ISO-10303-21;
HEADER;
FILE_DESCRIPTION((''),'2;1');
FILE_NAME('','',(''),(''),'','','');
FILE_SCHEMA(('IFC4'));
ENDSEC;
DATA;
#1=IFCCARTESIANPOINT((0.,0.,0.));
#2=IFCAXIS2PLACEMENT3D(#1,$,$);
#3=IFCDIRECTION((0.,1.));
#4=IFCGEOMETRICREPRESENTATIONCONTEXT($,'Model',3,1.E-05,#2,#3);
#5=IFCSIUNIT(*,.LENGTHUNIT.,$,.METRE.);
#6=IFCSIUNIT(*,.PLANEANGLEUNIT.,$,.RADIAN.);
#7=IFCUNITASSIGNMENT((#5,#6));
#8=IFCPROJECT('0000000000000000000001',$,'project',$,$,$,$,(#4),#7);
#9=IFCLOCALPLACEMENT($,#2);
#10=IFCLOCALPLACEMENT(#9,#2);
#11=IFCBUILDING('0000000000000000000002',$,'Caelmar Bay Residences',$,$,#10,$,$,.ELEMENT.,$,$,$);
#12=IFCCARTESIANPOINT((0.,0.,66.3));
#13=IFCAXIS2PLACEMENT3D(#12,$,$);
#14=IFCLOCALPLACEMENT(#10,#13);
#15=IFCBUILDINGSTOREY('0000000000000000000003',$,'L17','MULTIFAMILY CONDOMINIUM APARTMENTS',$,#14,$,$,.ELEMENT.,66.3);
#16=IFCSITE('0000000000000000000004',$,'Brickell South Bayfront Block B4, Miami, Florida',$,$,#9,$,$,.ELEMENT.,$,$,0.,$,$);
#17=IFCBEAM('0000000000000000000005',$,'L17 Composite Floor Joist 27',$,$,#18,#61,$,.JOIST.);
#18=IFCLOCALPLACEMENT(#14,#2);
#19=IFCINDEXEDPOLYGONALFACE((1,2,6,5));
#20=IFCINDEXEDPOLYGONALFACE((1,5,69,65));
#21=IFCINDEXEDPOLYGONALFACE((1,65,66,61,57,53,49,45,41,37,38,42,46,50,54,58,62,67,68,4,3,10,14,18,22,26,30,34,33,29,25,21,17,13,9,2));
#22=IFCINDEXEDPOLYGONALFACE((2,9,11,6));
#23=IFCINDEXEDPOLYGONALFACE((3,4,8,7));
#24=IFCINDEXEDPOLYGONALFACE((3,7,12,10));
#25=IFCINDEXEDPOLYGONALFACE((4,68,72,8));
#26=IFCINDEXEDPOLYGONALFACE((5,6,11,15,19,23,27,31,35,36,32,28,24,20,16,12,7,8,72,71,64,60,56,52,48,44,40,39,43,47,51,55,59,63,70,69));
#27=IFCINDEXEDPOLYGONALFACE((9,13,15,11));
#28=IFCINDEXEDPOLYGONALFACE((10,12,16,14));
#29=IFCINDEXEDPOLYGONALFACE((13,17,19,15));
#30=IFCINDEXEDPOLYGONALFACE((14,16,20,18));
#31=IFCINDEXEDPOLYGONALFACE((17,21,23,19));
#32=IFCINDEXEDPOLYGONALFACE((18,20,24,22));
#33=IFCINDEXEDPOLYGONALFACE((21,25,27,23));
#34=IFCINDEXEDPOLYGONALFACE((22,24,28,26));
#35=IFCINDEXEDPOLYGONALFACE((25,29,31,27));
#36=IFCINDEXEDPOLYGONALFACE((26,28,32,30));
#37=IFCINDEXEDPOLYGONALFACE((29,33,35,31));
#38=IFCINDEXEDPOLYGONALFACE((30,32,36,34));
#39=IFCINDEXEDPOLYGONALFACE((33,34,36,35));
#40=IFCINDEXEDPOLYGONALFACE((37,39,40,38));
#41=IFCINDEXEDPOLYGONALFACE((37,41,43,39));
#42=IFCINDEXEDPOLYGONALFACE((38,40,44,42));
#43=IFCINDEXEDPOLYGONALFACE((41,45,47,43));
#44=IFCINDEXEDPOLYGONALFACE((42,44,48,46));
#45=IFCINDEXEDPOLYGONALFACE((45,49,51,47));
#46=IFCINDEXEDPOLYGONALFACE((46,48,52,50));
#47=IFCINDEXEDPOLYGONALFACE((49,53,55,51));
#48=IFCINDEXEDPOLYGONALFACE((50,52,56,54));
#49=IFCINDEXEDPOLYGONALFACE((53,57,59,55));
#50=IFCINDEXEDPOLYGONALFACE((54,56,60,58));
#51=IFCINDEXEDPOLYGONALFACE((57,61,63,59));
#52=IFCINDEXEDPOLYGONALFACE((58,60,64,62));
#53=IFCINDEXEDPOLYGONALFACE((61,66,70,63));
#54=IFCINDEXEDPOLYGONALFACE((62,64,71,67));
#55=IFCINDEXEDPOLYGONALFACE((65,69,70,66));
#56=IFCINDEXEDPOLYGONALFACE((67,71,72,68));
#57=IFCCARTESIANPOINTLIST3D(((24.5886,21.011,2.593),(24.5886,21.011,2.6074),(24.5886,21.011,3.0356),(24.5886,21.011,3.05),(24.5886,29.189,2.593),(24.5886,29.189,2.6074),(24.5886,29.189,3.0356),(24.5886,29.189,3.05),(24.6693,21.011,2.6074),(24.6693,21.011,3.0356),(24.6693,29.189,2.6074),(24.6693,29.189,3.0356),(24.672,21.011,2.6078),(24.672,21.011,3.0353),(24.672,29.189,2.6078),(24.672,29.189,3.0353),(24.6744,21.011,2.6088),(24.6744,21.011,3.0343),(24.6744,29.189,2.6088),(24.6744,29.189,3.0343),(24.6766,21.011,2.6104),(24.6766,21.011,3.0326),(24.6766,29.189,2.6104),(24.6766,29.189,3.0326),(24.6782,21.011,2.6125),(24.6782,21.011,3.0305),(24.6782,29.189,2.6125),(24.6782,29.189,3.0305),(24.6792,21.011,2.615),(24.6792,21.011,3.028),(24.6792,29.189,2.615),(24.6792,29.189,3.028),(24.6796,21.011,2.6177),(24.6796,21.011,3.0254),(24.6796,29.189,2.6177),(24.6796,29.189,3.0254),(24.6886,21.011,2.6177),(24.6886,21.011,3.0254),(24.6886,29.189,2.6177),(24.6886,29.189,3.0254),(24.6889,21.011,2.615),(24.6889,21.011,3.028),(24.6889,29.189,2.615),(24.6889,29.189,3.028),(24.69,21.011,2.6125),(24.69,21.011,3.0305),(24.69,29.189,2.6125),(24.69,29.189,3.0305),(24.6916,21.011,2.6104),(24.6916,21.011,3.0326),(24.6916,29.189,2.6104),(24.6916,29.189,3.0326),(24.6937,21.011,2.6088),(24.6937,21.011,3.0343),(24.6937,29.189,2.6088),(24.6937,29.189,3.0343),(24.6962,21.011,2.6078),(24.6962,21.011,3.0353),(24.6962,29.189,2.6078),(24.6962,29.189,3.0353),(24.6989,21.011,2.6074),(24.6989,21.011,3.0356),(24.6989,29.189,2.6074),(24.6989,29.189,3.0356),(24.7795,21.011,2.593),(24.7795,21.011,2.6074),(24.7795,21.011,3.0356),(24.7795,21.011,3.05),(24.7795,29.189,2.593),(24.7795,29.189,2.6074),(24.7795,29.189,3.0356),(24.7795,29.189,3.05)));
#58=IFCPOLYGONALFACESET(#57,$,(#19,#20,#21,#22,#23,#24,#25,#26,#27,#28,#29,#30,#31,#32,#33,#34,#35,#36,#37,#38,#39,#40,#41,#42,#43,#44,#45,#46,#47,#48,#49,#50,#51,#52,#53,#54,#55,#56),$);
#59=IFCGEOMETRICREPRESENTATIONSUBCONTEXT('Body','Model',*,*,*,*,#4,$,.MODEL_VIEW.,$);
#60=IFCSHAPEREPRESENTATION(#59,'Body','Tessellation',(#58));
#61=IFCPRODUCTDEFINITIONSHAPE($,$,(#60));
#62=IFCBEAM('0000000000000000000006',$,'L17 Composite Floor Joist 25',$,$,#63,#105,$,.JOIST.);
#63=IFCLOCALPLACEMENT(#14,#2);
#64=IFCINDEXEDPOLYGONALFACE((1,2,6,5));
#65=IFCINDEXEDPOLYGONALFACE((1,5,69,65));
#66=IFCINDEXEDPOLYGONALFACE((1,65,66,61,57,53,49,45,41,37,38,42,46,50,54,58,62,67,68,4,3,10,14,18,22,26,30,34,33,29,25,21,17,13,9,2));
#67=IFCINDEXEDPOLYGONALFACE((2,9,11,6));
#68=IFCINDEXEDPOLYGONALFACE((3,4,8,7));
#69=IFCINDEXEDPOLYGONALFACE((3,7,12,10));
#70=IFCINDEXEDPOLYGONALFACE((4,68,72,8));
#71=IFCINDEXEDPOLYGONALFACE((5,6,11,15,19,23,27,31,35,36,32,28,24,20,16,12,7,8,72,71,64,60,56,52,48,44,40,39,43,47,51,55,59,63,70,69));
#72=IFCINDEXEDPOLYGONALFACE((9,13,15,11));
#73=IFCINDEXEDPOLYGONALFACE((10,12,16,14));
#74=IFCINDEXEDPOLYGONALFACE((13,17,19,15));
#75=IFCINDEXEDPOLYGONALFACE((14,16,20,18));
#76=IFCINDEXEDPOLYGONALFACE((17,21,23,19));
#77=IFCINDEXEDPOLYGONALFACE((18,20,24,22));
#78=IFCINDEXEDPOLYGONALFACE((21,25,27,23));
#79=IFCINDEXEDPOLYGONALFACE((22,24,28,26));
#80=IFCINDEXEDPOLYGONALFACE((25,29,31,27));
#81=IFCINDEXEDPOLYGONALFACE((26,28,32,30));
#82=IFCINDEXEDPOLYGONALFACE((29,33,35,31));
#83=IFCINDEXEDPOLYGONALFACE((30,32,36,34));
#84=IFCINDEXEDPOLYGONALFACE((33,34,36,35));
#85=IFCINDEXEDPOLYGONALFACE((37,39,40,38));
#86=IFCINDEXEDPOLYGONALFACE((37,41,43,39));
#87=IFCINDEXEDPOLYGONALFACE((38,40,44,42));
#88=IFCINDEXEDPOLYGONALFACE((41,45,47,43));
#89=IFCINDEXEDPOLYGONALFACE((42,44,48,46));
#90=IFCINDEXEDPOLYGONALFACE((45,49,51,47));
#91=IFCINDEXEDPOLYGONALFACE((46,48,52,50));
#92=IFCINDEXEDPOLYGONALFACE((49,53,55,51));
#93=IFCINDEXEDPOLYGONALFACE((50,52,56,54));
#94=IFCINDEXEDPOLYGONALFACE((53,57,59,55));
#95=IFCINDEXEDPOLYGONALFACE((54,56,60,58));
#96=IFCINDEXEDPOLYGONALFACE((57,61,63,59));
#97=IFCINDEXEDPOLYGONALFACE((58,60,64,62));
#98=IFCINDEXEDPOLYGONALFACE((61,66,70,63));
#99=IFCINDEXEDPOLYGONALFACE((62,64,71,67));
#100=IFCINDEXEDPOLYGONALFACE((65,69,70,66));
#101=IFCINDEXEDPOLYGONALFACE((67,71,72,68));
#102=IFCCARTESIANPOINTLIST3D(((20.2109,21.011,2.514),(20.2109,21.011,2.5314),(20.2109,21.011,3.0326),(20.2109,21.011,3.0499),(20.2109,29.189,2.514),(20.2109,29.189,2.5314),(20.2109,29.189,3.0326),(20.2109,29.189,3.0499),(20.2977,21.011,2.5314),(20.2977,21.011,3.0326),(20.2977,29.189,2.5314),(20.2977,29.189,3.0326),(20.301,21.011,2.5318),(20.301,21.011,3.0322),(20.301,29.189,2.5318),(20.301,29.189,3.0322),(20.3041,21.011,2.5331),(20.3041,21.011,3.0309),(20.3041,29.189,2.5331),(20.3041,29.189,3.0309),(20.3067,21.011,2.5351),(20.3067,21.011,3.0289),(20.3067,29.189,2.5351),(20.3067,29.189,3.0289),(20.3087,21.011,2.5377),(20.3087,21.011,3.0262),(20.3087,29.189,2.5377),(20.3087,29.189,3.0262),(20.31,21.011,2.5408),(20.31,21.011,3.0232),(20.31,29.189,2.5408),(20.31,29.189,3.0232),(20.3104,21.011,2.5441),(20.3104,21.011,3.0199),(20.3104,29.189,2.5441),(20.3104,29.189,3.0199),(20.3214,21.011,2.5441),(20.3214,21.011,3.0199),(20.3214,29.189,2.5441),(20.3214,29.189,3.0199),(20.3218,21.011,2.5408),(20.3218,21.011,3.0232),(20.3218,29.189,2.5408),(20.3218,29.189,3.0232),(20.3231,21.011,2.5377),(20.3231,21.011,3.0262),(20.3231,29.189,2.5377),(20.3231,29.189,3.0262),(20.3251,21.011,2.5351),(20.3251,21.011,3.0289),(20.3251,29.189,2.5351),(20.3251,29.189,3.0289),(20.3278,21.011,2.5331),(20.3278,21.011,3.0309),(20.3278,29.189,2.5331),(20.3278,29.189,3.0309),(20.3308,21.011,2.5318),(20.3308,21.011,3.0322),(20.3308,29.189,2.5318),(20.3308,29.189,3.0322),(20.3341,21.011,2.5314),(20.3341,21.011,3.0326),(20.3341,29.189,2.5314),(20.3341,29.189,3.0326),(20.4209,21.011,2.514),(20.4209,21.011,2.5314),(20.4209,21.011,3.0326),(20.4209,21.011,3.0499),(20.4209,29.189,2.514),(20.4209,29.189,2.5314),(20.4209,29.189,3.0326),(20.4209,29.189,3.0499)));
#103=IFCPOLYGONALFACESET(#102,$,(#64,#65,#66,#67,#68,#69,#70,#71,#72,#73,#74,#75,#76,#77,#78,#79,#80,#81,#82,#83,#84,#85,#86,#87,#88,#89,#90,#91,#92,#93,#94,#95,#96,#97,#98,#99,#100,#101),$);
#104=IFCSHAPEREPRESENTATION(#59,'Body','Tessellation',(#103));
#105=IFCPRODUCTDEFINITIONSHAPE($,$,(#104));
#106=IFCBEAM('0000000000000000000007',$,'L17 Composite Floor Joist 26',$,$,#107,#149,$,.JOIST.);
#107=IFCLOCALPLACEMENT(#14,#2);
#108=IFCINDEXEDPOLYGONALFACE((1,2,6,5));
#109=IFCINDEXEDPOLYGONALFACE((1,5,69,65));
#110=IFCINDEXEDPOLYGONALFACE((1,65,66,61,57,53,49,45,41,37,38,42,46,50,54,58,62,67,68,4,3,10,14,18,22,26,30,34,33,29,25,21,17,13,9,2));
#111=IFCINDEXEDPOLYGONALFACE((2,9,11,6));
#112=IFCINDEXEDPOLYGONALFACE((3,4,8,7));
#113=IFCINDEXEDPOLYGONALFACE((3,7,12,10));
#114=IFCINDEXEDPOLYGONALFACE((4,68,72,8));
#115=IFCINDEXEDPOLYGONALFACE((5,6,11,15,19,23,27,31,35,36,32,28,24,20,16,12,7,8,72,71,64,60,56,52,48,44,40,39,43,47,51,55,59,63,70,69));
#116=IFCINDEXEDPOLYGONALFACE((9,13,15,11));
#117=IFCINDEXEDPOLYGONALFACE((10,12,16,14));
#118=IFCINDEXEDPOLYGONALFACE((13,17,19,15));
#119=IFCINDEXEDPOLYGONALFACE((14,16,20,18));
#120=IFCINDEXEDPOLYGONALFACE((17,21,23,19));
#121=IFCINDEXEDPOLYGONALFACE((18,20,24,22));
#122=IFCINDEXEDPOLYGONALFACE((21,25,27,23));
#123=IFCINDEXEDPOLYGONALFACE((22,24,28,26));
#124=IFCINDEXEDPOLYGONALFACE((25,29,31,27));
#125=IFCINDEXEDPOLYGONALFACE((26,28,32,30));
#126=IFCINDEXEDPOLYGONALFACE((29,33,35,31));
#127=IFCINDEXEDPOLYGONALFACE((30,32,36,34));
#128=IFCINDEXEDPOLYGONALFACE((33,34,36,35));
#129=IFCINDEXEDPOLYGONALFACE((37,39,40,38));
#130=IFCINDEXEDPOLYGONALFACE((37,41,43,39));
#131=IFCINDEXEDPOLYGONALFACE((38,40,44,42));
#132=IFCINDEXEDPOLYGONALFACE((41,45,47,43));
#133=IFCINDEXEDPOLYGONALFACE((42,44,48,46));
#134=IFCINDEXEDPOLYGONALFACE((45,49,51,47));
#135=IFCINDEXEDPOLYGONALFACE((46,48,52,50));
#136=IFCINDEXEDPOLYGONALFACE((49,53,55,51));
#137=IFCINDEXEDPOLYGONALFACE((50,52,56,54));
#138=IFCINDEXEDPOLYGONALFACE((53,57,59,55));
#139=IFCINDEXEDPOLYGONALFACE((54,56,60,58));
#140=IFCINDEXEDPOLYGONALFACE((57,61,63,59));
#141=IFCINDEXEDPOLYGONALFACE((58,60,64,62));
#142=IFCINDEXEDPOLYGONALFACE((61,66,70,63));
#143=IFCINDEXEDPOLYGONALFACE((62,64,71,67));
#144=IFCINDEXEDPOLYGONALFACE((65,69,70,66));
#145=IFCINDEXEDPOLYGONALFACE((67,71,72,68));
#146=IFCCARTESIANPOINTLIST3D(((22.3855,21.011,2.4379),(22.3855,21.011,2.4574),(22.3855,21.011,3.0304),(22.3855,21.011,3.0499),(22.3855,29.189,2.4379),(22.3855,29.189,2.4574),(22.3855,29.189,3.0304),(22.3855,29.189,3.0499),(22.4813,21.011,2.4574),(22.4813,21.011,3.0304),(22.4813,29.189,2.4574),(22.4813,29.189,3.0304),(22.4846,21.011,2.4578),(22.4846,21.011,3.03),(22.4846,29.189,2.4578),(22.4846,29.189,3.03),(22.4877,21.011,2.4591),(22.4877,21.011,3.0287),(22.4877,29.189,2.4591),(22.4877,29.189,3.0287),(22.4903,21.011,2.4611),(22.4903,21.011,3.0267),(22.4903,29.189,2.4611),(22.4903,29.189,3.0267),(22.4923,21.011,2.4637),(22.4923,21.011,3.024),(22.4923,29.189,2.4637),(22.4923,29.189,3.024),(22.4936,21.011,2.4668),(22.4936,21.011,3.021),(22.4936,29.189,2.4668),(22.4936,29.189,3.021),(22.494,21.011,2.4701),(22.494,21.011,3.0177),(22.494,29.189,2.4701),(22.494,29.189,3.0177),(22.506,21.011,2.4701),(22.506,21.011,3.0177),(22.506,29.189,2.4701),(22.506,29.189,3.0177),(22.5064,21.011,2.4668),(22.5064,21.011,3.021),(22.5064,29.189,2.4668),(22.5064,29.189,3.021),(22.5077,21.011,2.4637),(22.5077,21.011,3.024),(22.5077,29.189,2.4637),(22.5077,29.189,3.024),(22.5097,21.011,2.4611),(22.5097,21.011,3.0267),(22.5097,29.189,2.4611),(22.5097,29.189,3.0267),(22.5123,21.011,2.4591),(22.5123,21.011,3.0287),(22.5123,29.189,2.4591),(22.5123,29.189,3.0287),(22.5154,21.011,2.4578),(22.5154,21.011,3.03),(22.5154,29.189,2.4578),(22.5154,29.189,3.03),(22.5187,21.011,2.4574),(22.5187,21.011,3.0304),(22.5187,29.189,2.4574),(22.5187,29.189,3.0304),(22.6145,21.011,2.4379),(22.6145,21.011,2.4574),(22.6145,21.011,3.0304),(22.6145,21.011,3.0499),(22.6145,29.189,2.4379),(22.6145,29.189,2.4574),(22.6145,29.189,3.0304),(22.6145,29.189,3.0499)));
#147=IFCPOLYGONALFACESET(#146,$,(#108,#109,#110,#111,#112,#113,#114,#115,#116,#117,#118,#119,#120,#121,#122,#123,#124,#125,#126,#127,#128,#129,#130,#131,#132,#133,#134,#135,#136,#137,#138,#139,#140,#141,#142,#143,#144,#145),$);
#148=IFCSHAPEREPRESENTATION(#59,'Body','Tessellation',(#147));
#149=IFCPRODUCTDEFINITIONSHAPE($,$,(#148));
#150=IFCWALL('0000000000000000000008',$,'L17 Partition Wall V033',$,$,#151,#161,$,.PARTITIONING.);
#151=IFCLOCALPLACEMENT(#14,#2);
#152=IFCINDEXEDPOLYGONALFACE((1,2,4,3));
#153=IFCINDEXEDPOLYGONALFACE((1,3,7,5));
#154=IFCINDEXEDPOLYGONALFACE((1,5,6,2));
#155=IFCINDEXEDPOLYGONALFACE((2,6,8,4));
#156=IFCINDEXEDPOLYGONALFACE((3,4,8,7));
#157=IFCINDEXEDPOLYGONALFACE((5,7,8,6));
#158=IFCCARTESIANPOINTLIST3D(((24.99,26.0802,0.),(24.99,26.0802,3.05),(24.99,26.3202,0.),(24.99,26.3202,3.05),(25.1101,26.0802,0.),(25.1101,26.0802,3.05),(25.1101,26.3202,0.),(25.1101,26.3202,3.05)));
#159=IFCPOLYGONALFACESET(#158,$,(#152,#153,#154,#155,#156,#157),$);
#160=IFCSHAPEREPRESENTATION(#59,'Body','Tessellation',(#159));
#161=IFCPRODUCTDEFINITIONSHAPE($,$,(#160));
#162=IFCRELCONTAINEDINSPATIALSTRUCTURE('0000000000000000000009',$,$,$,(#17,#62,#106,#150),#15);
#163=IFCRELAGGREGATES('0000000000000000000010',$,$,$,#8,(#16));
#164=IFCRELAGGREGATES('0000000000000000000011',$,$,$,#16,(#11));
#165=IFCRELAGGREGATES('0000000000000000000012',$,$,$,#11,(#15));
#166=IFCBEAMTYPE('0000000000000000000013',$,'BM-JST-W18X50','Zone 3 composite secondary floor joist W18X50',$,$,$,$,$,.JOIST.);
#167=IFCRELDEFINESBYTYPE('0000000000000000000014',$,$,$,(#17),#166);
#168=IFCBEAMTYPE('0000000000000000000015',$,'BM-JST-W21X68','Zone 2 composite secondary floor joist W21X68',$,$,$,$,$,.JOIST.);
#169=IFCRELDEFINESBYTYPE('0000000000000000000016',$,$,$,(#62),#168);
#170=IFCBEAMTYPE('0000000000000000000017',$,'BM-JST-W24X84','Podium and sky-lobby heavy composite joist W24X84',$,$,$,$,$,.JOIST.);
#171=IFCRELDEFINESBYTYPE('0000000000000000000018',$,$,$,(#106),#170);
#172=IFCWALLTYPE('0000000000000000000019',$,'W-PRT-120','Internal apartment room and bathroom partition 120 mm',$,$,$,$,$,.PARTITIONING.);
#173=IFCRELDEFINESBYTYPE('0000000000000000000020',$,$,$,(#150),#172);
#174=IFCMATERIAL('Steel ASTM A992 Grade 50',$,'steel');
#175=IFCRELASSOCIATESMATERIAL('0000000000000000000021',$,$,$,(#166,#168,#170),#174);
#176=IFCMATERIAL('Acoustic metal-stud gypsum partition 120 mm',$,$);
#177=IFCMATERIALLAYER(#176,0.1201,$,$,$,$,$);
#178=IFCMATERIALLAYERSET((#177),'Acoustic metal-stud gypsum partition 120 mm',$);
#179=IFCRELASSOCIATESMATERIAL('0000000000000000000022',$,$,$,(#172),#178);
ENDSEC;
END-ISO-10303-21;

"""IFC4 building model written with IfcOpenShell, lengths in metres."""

from ifc_helpers import new_model, si_unit, direction, frame, frame_2d, origin, origin_2d, place, context, subcontext, project, spatial, rectangle, i_section, extrude, material, layer, layer_set, material_profile, profile_set, type_object, element, save


model = new_model("IFC4")

# Units and contexts
model_context = context("Model", 3, precision=1e-05, world=origin(), true_north=direction((0.0, 1.0)))
body_context = subcontext(model_context, "Body", "Model", "MODEL_VIEW")
ifc_project = project(units=[si_unit("LENGTHUNIT", "METRE"), si_unit("PLANEANGLEUNIT", "RADIAN")], contexts=[model_context])

# Site, building, storey
site_placement = place(None, origin())
site = spatial("IfcSite", under=ifc_project, at=site_placement, Name="Brickell South Bayfront Block B4, Miami, Florida", CompositionType="ELEMENT", RefElevation=0.0)
building_placement = place(site_placement, origin())
building = spatial("IfcBuilding", under=site, at=building_placement, Name="Caelmar Bay Residences", CompositionType="ELEMENT")
storey_placement = place(building_placement, frame((0.0, 0.0, 66.3)))
storey = spatial("IfcBuildingStorey", under=building, at=storey_placement, Name="L17", Description="MULTIFAMILY CONDOMINIUM APARTMENTS", CompositionType="ELEMENT", Elevation=66.3)

# Beams
ifc_material_1 = material(Name="Steel ASTM A992 Grade 50", Category="steel")
ifc_material_profile_1 = material_profile(ifc_material_1, i_section(OverallWidth=0.1909, OverallDepth=0.457, WebThickness=0.009, FlangeThickness=0.0144, FilletRadius=0.0103, at=origin_2d()), Name="W18X50")
ifc_profile_set_1 = profile_set([ifc_material_profile_1], Name="Steel ASTM A992 Grade 50")
beam_type_1 = type_object("IfcBeamType", Name="BM-JST-W18X50", Description="Zone 3 composite secondary floor joist W18X50", PredefinedType="JOIST", material=ifc_profile_set_1)
beam_1_placement = place(storey_placement, frame((24.6841, 21.011, 2.8215), z_axis=(0.0, 1.0, 0.0), x_axis=(-1.0, 0.0, 0.0)))
element("IfcBeam", 1, at=beam_1_placement, inside=storey, type_object=beam_type_1, Name="L17 Composite Floor Joist 27", PredefinedType="JOIST", context=body_context, shape_type="SweptSolid", body=[
    extrude(i_section(OverallWidth=0.1909, OverallDepth=0.457, WebThickness=0.009, FlangeThickness=0.0144, FilletRadius=0.0103, at=origin_2d()), origin(), (0.0, 0.0, 1.0), 8.178),
])
ifc_material_profile_2 = material_profile(ifc_material_1, i_section(OverallWidth=0.21, OverallDepth=0.5359, WebThickness=0.011, FlangeThickness=0.0173, FilletRadius=0.0127, at=origin_2d()), Name="W21X68")
ifc_profile_set_2 = profile_set([ifc_material_profile_2], Name="Steel ASTM A992 Grade 50")
beam_type_2 = type_object("IfcBeamType", Name="BM-JST-W21X68", Description="Zone 2 composite secondary floor joist W21X68", PredefinedType="JOIST", material=ifc_profile_set_2)
beam_2_placement = place(storey_placement, frame((20.3159, 21.011, 2.782), z_axis=(0.0, 1.0, 0.0), x_axis=(-1.0, 0.0, 0.0)))
element("IfcBeam", 2, at=beam_2_placement, inside=storey, type_object=beam_type_2, Name="L17 Composite Floor Joist 25", PredefinedType="JOIST", context=body_context, shape_type="SweptSolid", body=[
    extrude(i_section(OverallWidth=0.21, OverallDepth=0.5359, WebThickness=0.011, FlangeThickness=0.0173, FilletRadius=0.0127, at=origin_2d()), origin(), (0.0, 0.0, 1.0), 8.178),
])
ifc_material_profile_3 = material_profile(ifc_material_1, i_section(OverallWidth=0.229, OverallDepth=0.6121, WebThickness=0.012, FlangeThickness=0.0195, FilletRadius=0.0127, at=origin_2d()), Name="W24X84")
ifc_profile_set_3 = profile_set([ifc_material_profile_3], Name="Steel ASTM A992 Grade 50")
beam_type_3 = type_object("IfcBeamType", Name="BM-JST-W24X84", Description="Podium and sky-lobby heavy composite joist W24X84", PredefinedType="JOIST", material=ifc_profile_set_3)
beam_3_placement = place(storey_placement, frame((22.5, 21.011, 2.7439), z_axis=(0.0, 1.0, 0.0), x_axis=(-1.0, 0.0, 0.0)))
element("IfcBeam", 3, at=beam_3_placement, inside=storey, type_object=beam_type_3, Name="L17 Composite Floor Joist 26", PredefinedType="JOIST", context=body_context, shape_type="SweptSolid", body=[
    extrude(i_section(OverallWidth=0.229, OverallDepth=0.6121, WebThickness=0.012, FlangeThickness=0.0195, FilletRadius=0.0127, at=origin_2d()), origin(), (0.0, 0.0, 1.0), 8.178),
])

# Shared definitions
ifc_material_2 = material(Name="Acoustic metal-stud gypsum partition 120 mm")
ifc_layer_1 = layer(ifc_material_2, 0.1201)
ifc_layer_set_1 = layer_set([ifc_layer_1], Name="Acoustic metal-stud gypsum partition 120 mm")
wall_type_1 = type_object("IfcWallType", Name="W-PRT-120", Description="Internal apartment room and bathroom partition 120 mm", PredefinedType="PARTITIONING", material=ifc_layer_set_1)

# Wall
wall_1_placement = place(storey_placement, frame((25.05, 26.0801, 0.0), z_axis=(0.0, 0.0, 1.0), x_axis=(0.0, 1.0, 0.0)))
element("IfcWall", 4, at=wall_1_placement, inside=storey, type_object=wall_type_1, Name="L17 Partition Wall V033", PredefinedType="PARTITIONING", context=body_context, shape_type="SweptSolid", body=[
    extrude(rectangle(XDim=0.24, YDim=0.1201, at=frame_2d((0.1201, 0.0))), origin(), (0.0, 0.0, 1.0), 3.05),
])

save(model, "model.ifc")
